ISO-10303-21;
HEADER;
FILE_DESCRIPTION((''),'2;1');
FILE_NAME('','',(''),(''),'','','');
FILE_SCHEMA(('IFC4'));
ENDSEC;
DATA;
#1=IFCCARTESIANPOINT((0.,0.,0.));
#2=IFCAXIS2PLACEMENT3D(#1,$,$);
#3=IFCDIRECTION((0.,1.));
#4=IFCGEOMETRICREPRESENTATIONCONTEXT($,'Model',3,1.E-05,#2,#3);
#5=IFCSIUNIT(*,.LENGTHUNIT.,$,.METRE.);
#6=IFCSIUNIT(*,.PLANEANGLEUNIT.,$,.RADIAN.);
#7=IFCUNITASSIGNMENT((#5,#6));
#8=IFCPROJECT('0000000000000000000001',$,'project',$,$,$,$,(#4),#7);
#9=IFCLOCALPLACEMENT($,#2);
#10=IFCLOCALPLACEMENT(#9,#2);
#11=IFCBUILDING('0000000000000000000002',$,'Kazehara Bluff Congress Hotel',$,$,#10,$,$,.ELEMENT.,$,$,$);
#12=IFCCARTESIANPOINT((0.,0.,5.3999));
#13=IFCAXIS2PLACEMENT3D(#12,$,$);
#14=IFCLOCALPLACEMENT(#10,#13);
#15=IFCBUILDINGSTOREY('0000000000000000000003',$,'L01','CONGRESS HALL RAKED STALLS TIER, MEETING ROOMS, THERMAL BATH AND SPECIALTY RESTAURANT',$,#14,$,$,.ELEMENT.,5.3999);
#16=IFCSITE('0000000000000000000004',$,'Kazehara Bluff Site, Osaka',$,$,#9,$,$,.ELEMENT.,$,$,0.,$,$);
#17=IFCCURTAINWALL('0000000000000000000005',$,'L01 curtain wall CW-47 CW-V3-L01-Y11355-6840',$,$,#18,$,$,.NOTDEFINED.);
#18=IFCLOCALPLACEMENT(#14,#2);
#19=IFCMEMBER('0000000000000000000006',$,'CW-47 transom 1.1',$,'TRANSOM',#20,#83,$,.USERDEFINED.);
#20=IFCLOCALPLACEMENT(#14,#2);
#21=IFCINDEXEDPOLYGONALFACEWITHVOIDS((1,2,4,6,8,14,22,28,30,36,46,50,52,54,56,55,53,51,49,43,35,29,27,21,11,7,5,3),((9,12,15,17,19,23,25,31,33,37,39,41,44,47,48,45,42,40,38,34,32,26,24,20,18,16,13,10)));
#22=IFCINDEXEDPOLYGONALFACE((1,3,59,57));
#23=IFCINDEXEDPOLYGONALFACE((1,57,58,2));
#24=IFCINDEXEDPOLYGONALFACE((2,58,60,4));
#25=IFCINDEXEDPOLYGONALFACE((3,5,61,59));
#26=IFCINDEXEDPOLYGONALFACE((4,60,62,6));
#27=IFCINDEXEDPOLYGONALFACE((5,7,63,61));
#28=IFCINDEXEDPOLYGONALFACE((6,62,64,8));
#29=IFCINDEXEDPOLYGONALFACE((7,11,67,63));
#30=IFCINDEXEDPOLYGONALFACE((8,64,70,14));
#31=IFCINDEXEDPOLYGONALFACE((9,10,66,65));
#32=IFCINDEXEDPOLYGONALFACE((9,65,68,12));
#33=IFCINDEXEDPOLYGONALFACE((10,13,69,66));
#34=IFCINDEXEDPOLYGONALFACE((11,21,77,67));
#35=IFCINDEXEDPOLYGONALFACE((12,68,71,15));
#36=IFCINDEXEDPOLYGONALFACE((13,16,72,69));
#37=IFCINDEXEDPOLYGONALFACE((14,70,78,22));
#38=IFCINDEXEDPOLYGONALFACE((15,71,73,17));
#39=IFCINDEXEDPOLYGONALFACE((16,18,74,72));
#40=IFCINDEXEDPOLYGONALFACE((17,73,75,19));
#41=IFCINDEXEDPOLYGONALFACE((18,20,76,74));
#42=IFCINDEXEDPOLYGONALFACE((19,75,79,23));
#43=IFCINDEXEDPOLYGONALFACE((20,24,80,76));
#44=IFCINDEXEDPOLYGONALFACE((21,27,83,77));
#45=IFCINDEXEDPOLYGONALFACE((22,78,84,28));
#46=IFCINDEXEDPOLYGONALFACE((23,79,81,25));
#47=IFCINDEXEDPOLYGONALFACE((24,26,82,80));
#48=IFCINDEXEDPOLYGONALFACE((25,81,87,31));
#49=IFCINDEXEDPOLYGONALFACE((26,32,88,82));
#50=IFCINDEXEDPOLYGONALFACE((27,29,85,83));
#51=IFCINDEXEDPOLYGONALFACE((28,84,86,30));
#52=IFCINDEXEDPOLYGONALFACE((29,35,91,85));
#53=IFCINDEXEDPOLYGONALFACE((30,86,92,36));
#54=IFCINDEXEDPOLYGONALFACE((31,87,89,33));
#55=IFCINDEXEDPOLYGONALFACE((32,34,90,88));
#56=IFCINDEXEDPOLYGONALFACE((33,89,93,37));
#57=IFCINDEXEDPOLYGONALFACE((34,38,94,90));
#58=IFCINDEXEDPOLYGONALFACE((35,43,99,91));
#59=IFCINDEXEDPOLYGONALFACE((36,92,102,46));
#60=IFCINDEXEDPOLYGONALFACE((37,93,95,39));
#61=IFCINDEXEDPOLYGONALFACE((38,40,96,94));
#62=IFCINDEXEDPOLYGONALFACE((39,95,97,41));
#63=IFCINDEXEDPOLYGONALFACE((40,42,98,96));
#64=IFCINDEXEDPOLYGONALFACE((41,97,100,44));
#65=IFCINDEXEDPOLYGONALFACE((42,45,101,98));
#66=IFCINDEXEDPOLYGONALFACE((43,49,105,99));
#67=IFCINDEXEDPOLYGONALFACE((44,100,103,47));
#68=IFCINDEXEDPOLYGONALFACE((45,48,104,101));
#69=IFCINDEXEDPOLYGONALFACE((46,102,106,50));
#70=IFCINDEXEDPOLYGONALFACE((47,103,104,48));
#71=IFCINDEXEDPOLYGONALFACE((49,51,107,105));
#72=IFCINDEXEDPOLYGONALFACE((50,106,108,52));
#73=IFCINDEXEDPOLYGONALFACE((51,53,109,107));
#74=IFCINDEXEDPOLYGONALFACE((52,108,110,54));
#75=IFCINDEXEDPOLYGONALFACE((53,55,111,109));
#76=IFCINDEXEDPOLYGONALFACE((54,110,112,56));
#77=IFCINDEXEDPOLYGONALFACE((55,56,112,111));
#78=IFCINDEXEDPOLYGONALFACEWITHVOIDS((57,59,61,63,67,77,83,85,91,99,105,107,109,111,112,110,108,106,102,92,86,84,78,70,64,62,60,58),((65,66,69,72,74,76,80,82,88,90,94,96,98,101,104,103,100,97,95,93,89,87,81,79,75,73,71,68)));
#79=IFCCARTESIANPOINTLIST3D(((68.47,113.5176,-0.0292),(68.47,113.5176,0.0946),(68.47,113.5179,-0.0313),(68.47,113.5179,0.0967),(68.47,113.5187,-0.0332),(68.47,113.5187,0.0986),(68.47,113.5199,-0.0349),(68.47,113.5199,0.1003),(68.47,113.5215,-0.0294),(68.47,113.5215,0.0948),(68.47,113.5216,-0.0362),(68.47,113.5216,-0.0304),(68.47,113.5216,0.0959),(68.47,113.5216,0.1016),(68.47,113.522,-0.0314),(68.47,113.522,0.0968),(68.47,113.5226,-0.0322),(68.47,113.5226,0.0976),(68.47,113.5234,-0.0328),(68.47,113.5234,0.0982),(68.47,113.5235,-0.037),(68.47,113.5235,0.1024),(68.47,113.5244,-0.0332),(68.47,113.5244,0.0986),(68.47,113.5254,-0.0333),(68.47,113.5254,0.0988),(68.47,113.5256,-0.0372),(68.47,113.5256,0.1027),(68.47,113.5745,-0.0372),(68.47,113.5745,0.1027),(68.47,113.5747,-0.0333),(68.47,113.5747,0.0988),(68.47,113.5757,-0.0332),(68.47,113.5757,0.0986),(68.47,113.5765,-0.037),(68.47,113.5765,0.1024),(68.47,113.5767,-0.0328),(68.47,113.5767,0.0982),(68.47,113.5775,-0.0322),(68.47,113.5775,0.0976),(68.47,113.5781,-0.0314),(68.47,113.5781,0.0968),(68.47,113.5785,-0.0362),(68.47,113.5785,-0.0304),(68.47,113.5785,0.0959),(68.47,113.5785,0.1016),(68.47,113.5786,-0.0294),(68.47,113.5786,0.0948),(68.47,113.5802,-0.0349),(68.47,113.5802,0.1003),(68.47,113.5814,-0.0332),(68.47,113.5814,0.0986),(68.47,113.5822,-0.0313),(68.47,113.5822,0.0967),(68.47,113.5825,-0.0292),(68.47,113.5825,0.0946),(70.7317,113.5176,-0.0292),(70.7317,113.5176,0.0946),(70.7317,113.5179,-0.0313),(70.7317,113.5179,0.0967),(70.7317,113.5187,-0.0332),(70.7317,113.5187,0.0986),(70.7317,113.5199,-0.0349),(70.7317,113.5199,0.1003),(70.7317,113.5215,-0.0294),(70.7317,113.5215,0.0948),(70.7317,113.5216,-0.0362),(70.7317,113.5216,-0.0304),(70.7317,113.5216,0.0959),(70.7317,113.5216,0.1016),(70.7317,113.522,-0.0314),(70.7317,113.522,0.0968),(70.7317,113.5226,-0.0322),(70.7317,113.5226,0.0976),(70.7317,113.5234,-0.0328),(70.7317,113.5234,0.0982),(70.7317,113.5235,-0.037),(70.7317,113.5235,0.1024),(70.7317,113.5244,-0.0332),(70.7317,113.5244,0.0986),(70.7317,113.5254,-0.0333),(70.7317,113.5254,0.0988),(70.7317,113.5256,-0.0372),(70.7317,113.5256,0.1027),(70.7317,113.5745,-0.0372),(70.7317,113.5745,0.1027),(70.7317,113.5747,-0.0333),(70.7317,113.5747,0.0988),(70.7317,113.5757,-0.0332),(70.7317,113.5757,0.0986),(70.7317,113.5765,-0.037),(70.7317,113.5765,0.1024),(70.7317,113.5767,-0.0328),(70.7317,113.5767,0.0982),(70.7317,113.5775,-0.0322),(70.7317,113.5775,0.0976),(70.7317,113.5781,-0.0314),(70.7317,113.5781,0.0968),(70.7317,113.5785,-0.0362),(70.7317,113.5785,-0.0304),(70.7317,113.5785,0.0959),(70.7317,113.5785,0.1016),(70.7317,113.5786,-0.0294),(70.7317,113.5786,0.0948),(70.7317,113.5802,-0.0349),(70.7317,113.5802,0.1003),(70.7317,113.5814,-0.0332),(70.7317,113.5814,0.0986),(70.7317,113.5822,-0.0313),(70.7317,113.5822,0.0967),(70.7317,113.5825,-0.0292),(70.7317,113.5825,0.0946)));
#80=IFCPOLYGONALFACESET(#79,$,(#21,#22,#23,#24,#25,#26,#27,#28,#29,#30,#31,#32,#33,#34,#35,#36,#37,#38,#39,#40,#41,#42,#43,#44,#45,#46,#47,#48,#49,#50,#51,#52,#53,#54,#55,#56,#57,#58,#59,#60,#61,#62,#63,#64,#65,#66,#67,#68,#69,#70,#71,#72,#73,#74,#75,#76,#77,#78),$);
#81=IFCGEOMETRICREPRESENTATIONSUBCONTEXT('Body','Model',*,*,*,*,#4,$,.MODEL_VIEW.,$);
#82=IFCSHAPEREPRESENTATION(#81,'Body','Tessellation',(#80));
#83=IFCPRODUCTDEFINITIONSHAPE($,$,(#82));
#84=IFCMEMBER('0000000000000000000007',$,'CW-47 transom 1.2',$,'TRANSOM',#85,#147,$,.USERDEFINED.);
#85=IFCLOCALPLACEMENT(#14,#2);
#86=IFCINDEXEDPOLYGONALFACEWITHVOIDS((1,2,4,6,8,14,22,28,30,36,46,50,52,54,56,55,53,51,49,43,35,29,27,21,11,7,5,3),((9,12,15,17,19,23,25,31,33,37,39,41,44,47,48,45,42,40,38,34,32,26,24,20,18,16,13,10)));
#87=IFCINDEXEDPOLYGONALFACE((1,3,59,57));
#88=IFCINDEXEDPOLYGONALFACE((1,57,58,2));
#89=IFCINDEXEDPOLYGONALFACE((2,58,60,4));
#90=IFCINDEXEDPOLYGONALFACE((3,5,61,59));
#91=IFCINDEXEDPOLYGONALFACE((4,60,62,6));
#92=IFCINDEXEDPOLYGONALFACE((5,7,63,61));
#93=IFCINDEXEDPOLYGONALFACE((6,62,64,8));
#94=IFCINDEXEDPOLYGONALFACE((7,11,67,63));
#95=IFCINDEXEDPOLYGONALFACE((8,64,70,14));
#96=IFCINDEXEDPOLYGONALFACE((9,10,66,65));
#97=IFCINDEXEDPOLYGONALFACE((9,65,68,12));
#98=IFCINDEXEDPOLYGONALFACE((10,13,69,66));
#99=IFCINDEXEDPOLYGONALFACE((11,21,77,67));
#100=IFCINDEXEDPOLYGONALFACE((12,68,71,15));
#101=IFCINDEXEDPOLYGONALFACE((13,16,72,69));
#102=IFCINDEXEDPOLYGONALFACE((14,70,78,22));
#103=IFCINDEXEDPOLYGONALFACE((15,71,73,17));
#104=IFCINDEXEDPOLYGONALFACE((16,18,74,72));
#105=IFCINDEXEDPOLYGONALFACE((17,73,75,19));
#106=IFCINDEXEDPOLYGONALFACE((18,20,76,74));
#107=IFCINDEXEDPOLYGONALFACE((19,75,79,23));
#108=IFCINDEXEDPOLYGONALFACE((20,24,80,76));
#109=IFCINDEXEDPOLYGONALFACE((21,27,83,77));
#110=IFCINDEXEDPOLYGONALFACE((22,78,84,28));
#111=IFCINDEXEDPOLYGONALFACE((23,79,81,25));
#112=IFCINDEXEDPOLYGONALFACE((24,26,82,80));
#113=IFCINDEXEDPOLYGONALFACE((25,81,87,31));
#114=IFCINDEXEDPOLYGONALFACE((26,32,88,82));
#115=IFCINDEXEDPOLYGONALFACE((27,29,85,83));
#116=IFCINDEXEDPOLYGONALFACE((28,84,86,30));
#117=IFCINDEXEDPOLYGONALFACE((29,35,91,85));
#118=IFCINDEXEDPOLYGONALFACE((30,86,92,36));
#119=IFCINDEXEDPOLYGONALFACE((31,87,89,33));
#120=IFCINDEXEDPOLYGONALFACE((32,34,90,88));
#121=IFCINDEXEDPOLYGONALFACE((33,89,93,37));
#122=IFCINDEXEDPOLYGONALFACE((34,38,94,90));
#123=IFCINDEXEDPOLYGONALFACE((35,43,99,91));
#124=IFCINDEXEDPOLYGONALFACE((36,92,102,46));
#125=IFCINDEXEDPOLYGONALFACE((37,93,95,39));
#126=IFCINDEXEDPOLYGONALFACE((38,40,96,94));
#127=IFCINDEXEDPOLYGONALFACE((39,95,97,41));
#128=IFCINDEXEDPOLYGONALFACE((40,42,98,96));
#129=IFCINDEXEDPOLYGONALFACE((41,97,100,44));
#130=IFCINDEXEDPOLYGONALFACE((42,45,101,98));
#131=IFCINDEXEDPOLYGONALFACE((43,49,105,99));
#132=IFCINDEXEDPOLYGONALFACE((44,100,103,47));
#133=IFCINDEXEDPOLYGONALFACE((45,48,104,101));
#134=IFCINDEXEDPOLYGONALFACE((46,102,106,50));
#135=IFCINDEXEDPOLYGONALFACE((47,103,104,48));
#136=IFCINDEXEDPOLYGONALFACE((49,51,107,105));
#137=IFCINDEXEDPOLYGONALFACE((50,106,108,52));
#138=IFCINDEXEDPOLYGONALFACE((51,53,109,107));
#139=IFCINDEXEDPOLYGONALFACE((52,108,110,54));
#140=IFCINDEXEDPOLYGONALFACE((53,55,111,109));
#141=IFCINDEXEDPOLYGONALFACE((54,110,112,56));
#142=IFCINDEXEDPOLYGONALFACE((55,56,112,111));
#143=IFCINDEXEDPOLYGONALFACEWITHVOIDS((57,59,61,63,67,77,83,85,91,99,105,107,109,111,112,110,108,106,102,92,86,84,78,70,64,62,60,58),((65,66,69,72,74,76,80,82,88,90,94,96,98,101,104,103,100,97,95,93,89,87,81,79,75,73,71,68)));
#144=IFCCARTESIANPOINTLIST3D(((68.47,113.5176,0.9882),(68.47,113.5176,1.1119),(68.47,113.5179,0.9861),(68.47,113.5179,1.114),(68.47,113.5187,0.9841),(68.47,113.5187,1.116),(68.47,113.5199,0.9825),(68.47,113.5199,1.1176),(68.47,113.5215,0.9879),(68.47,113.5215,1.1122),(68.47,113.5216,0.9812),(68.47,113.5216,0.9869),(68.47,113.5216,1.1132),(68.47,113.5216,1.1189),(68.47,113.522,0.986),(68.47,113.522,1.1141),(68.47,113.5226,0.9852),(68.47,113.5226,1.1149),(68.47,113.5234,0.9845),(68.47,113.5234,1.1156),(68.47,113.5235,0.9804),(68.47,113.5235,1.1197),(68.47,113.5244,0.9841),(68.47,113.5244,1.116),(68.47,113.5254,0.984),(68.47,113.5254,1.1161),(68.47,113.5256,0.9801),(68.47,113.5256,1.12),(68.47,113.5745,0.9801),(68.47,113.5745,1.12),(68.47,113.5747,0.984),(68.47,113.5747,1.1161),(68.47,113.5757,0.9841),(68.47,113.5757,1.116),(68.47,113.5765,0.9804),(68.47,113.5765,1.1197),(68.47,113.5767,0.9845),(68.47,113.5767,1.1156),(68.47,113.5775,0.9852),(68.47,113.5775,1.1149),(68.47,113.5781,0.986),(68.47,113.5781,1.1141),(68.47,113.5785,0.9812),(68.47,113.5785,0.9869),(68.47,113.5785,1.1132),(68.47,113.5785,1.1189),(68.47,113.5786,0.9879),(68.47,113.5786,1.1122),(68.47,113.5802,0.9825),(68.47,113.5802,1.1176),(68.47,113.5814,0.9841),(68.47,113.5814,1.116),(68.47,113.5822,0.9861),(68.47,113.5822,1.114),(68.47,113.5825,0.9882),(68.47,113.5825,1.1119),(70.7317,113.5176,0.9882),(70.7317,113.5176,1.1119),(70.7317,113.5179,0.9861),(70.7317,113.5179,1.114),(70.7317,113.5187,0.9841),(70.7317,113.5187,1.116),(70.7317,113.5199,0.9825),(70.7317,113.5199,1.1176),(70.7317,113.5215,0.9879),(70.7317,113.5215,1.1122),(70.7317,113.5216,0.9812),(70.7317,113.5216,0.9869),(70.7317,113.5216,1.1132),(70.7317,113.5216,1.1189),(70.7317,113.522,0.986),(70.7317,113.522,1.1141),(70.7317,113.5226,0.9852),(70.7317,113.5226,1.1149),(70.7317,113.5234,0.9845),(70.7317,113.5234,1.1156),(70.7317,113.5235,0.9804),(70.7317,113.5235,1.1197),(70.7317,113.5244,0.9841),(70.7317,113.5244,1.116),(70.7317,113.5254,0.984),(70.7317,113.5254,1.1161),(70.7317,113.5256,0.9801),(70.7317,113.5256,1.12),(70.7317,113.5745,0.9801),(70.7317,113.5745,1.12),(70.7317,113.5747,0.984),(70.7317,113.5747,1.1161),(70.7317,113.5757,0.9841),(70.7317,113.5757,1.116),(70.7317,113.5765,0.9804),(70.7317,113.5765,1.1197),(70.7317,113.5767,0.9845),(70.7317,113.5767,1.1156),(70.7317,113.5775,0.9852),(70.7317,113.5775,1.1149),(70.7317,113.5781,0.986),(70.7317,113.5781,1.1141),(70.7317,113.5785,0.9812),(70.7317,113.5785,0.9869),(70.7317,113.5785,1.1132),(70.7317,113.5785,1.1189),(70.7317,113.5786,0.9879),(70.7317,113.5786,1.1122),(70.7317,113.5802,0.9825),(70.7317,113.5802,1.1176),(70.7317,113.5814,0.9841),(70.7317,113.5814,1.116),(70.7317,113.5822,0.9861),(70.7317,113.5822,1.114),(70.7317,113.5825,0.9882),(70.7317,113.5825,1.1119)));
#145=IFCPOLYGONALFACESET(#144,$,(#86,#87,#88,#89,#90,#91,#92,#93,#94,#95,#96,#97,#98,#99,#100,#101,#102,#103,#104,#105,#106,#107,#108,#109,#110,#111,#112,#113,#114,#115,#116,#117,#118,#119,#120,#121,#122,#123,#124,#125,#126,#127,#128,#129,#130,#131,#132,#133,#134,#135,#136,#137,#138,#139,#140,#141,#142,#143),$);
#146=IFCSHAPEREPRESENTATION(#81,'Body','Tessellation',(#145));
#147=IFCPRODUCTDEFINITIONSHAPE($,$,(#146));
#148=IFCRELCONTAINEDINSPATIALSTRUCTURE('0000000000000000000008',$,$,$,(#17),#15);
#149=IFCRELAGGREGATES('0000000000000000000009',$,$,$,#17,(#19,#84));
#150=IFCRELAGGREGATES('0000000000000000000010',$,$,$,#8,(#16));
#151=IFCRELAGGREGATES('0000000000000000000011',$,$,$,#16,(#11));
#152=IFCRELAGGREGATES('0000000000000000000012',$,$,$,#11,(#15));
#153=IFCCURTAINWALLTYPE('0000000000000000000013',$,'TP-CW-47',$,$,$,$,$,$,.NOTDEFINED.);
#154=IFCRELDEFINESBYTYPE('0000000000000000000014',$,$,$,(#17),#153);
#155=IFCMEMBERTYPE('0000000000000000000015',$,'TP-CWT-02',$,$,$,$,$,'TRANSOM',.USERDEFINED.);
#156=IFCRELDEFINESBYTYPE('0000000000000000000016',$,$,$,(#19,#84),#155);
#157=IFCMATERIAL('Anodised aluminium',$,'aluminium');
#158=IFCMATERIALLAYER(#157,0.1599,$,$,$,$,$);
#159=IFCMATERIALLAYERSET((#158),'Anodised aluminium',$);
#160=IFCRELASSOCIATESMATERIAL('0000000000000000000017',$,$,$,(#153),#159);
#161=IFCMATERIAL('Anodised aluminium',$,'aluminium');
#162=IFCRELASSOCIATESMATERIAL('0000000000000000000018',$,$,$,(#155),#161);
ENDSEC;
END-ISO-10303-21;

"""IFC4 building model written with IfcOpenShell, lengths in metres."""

from ifc_helpers import new_model, si_unit, direction, frame, origin, origin_2d, place, context, subcontext, project, spatial, hollow_rectangle, extrude, material, layer, layer_set, material_profile, profile_set, type_object, element, aggregate, save


model = new_model("IFC4")

# Units and contexts
model_context = context("Model", 3, precision=1e-05, world=origin(), true_north=direction((0.0, 1.0)))
body_context = subcontext(model_context, "Body", "Model", "MODEL_VIEW")
ifc_project = project(units=[si_unit("LENGTHUNIT", "METRE"), si_unit("PLANEANGLEUNIT", "RADIAN")], contexts=[model_context])

# Site, building, storey
site_placement = place(None, origin())
site = spatial("IfcSite", under=ifc_project, at=site_placement, Name="Kazehara Bluff Site, Osaka", CompositionType="ELEMENT", RefElevation=0.0)
building_placement = place(site_placement, origin())
building = spatial("IfcBuilding", under=site, at=building_placement, Name="Kazehara Bluff Congress Hotel", CompositionType="ELEMENT")
storey_placement = place(building_placement, frame((0.0, 0.0, 5.3999)))
storey = spatial("IfcBuildingStorey", under=building, at=storey_placement, Name="L01", Description="CONGRESS HALL RAKED STALLS TIER, MEETING ROOMS, THERMAL BATH AND SPECIALTY RESTAURANT", CompositionType="ELEMENT", Elevation=5.3999)

# Curtain wall, members
ifc_material_1 = material(Name="Anodised aluminium", Category="aluminium")
ifc_layer_1 = layer(ifc_material_1, 0.1599)
ifc_layer_set_1 = layer_set([ifc_layer_1], Name="Anodised aluminium")
curtain_wall_type = type_object("IfcCurtainWallType", Name="TP-CW-47", PredefinedType="NOTDEFINED", material=ifc_layer_set_1)
curtain_wall_placement = place(storey_placement, origin())
curtain_wall = element("IfcCurtainWall", 1, at=curtain_wall_placement, inside=storey, type_object=curtain_wall_type, Name="L01 curtain wall CW-47 CW-V3-L01-Y11355-6840", PredefinedType="NOTDEFINED")
ifc_material_2 = material(Name="Anodised aluminium", Category="aluminium")
ifc_material_profile_1 = material_profile(ifc_material_2, hollow_rectangle(XDim=0.0649, YDim=0.1399, WallThickness=0.0039, InnerFilletRadius=0.0039, OuterFilletRadius=0.0081, at=origin_2d()))
ifc_profile_set_1 = profile_set([ifc_material_profile_1], Name="Anodised aluminium")
member_type_1 = type_object("IfcMemberType", Name="TP-CWT-02", ElementType="TRANSOM", PredefinedType="USERDEFINED", material=ifc_profile_set_1)
member_1_placement = place(storey_placement, frame((68.47, 113.55, 0.0327), z_axis=(1.0, 0.0, 0.0), x_axis=(0.0, 1.0, 0.0)))
member_1 = element("IfcMember", 2, at=member_1_placement, type_object=member_type_1, Name="CW-47 transom 1.1", ObjectType="TRANSOM", PredefinedType="USERDEFINED", context=body_context, shape_type="SweptSolid", body=[
    extrude(hollow_rectangle(XDim=0.0649, YDim=0.1399, WallThickness=0.0039, InnerFilletRadius=0.0039, OuterFilletRadius=0.0081, at=origin_2d()), origin(), (0.0, 0.0, 1.0), 2.2617),
])
member_2_placement = place(storey_placement, frame((68.47, 113.55, 1.05), z_axis=(1.0, 0.0, 0.0), x_axis=(0.0, 1.0, 0.0)))
member_2 = element("IfcMember", 3, at=member_2_placement, type_object=member_type_1, Name="CW-47 transom 1.2", ObjectType="TRANSOM", PredefinedType="USERDEFINED", context=body_context, shape_type="SweptSolid", body=[
    extrude(hollow_rectangle(XDim=0.0649, YDim=0.1399, WallThickness=0.0039, InnerFilletRadius=0.0039, OuterFilletRadius=0.0081, at=origin_2d()), origin(), (0.0, 0.0, 1.0), 2.2617),
])

aggregate(curtain_wall, [member_1, member_2])

save(model, "model.ifc")
